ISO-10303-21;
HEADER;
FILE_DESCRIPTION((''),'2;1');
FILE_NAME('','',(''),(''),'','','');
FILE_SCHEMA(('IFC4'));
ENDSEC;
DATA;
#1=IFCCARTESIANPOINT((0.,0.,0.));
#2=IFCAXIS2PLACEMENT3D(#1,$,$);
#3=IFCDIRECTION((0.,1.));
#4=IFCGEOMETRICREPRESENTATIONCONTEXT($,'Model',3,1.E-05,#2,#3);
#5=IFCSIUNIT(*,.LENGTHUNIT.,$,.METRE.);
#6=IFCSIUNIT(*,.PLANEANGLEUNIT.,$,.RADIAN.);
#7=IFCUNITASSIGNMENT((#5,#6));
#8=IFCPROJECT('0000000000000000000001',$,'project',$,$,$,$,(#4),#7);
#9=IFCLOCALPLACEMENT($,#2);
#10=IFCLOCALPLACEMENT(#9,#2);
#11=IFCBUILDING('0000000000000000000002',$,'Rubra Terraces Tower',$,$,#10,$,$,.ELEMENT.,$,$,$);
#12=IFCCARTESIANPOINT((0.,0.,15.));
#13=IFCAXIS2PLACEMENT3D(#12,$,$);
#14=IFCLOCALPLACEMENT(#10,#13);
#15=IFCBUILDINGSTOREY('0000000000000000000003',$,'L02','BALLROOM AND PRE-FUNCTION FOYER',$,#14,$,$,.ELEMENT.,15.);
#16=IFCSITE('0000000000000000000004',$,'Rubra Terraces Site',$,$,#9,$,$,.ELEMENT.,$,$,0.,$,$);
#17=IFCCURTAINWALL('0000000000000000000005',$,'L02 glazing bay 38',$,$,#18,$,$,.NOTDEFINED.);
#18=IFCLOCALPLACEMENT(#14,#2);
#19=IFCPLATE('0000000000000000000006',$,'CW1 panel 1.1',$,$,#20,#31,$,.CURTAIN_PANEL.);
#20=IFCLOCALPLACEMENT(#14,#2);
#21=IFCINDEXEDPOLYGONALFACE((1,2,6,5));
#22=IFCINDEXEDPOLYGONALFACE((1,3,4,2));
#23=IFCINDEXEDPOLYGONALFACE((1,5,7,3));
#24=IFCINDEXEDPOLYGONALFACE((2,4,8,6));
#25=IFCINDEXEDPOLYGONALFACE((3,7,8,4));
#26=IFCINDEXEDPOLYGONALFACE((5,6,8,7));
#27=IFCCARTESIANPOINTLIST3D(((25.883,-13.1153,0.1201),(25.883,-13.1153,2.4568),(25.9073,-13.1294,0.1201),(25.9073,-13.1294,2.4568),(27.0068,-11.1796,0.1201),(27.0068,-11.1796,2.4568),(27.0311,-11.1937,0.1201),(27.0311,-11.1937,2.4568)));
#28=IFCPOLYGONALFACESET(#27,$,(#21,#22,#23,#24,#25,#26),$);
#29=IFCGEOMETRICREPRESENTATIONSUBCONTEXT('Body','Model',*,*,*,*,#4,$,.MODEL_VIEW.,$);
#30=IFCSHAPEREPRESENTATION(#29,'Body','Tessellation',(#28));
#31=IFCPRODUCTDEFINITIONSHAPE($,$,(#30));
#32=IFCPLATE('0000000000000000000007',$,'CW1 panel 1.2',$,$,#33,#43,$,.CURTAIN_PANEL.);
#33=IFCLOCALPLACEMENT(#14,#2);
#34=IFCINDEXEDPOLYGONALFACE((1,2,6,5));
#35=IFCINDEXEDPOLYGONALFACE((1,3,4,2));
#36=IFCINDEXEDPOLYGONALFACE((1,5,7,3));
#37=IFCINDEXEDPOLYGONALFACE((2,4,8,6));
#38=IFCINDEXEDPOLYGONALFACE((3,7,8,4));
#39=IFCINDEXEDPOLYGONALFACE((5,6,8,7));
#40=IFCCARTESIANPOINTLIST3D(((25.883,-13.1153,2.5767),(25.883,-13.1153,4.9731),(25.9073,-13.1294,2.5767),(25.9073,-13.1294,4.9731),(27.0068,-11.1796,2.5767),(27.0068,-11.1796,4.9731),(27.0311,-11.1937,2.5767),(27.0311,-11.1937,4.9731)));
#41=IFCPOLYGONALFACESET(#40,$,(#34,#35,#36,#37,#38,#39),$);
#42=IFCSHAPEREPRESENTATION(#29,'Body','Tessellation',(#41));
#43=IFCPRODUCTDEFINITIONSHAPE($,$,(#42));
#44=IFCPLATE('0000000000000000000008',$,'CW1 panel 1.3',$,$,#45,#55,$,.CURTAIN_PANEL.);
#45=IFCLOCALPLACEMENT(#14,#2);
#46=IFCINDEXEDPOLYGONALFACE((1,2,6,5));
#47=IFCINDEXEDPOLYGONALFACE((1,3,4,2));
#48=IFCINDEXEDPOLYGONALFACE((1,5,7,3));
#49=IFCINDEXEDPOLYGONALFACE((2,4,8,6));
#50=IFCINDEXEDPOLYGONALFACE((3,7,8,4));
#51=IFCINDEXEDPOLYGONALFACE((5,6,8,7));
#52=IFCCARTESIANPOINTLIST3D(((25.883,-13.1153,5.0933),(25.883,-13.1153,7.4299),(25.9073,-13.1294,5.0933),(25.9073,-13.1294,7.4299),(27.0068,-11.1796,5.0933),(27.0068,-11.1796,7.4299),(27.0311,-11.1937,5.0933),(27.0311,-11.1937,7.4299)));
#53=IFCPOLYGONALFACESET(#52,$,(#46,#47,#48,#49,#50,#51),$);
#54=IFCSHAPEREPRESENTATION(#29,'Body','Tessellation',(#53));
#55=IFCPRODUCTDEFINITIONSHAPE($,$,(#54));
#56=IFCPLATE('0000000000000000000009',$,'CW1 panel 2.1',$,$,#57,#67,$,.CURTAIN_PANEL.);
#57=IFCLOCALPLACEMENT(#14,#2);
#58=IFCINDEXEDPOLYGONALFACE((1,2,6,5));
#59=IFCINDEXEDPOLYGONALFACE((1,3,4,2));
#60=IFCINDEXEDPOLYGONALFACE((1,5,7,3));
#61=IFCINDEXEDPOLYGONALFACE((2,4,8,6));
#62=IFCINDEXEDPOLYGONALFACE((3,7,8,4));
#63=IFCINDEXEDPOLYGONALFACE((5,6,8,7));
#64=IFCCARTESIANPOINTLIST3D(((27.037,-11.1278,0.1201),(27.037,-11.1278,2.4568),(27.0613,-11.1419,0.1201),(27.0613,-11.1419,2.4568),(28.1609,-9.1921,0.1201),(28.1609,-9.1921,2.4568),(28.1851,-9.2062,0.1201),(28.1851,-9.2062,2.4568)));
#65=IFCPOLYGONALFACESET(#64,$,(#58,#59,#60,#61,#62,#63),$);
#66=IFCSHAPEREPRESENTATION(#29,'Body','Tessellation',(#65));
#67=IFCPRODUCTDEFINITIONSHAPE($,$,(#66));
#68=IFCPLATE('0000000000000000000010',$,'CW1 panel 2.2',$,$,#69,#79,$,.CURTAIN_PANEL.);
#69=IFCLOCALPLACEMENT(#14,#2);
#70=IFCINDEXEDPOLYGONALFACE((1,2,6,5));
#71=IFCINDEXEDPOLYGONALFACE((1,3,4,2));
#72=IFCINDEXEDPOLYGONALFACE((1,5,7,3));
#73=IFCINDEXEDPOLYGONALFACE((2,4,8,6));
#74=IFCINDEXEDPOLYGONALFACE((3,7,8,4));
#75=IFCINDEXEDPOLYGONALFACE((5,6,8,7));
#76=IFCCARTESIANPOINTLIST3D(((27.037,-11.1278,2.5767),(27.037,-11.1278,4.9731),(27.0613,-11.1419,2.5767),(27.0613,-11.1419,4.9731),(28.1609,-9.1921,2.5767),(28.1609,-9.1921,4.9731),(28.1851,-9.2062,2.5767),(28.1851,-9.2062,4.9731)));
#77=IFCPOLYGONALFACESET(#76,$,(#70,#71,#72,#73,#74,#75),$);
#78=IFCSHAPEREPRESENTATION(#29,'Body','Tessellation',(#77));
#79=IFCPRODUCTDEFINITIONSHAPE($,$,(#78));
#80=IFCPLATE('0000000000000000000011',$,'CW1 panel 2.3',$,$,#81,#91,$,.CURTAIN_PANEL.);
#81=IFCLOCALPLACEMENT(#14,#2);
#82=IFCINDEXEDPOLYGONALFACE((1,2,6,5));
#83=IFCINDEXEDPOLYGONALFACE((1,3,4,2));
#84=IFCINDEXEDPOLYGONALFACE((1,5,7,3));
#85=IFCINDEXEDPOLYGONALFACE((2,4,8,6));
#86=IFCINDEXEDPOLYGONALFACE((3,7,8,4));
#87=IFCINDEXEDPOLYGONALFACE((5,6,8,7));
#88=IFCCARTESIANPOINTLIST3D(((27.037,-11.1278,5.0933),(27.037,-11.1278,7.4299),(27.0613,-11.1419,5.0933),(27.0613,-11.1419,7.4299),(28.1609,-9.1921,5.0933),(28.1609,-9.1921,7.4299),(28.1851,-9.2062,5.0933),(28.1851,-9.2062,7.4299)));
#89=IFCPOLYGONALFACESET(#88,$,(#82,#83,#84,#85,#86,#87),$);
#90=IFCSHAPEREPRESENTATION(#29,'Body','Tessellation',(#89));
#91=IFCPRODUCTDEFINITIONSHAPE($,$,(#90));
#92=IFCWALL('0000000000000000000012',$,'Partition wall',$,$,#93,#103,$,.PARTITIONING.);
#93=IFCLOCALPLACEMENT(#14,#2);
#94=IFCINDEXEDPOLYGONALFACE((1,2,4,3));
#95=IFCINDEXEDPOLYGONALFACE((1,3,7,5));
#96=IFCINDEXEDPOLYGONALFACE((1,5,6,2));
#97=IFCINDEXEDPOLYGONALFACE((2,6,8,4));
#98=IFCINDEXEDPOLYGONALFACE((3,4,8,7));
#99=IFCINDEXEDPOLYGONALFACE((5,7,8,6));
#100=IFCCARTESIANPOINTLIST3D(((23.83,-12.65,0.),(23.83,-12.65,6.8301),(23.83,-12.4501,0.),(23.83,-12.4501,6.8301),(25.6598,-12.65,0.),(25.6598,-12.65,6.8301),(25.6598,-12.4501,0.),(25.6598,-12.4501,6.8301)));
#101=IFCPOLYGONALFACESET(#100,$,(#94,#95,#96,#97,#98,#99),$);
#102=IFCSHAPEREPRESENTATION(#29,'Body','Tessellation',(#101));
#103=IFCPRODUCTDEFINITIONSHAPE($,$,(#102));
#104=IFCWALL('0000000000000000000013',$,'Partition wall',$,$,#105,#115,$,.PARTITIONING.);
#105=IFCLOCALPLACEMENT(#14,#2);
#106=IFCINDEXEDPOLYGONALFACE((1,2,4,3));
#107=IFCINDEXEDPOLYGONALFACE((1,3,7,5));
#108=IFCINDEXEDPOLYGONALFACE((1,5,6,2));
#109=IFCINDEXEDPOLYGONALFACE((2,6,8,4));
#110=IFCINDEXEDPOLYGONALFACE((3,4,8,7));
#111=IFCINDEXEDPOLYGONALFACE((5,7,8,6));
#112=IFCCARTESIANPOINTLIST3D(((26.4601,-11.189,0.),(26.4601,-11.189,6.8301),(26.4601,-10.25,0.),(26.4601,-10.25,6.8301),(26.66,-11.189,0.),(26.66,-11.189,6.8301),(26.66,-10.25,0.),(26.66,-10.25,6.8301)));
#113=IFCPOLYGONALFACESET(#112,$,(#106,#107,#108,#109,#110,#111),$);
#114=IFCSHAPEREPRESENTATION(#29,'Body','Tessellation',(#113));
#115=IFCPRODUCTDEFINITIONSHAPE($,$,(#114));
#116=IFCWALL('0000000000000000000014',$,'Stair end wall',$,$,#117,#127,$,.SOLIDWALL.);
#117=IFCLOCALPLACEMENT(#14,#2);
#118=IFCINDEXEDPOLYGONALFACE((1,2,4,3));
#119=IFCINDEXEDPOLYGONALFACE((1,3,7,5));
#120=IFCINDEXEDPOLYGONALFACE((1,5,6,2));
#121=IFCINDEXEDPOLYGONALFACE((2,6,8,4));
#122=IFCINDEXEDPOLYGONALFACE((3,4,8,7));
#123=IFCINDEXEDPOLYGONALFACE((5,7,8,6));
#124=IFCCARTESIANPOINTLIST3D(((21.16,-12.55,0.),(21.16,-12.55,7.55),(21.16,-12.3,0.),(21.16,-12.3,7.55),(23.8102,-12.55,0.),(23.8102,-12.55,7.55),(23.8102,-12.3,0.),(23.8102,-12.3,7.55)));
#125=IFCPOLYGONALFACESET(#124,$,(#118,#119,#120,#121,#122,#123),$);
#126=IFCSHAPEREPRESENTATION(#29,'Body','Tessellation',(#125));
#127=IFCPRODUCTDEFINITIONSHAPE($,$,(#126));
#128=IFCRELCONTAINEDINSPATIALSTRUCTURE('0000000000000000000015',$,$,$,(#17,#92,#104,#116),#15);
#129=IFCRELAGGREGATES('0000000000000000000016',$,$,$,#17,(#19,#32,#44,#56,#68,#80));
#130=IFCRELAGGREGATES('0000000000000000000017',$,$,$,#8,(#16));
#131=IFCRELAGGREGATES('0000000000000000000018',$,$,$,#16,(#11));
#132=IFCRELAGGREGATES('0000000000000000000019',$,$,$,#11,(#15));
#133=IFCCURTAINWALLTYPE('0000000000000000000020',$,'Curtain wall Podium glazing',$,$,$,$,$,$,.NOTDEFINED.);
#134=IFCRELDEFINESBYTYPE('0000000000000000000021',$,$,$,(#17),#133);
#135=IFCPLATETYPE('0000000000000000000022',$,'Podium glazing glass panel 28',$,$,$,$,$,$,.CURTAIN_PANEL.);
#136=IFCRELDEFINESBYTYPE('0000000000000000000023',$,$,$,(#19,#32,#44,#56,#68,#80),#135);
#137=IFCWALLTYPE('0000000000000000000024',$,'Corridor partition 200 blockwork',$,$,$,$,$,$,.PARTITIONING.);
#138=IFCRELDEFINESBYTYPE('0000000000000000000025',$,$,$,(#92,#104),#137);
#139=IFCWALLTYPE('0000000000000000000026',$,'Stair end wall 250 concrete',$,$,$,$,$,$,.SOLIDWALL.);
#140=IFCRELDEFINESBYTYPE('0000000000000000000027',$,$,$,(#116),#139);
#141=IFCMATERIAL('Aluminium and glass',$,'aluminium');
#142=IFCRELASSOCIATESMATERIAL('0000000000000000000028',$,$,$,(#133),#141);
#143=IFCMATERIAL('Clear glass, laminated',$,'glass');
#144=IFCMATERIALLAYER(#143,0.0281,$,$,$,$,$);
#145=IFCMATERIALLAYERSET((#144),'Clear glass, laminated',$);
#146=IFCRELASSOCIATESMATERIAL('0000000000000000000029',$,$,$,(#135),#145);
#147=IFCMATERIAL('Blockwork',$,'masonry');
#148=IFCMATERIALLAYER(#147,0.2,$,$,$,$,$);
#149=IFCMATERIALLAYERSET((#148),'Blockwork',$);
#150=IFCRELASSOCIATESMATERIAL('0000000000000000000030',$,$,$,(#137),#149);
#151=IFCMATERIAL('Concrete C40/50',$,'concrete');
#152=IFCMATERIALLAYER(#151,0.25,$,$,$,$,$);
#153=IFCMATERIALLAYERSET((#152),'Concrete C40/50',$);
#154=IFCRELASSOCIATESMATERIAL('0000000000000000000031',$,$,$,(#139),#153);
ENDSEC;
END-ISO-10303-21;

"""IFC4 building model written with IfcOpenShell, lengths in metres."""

from ifc_helpers import new_model, si_unit, direction, frame, frame_2d, origin, origin_2d, place, context, subcontext, project, spatial, rectangle, extrude, material, layer, layer_set, type_object, element, aggregate, save


model = new_model("IFC4")

# Units and contexts
model_context = context("Model", 3, precision=1e-05, world=origin(), true_north=direction((0.0, 1.0)))
body_context = subcontext(model_context, "Body", "Model", "MODEL_VIEW")
ifc_project = project(units=[si_unit("LENGTHUNIT", "METRE"), si_unit("PLANEANGLEUNIT", "RADIAN")], contexts=[model_context])

# Site, building, storey
site_placement = place(None, origin())
site = spatial("IfcSite", under=ifc_project, at=site_placement, Name="Rubra Terraces Site", CompositionType="ELEMENT", RefElevation=0.0)
building_placement = place(site_placement, origin())
building = spatial("IfcBuilding", under=site, at=building_placement, Name="Rubra Terraces Tower", CompositionType="ELEMENT")
storey_placement = place(building_placement, frame((0.0, 0.0, 15.0)))
storey = spatial("IfcBuildingStorey", under=building, at=storey_placement, Name="L02", Description="BALLROOM AND PRE-FUNCTION FOYER", CompositionType="ELEMENT", Elevation=15.0)

# Curtain wall
ifc_material_1 = material(Name="Aluminium and glass", Category="aluminium")
curtain_wall_type = type_object("IfcCurtainWallType", Name="Curtain wall Podium glazing", PredefinedType="NOTDEFINED", material=ifc_material_1)
curtain_wall_1_placement = place(storey_placement, origin())
curtain_wall_1 = element("IfcCurtainWall", 1, at=curtain_wall_1_placement, inside=storey, type_object=curtain_wall_type, Name="L02 glazing bay 38", PredefinedType="NOTDEFINED")

# Plates
ifc_material_2 = material(Name="Clear glass, laminated", Category="glass")
ifc_layer_1 = layer(ifc_material_2, 0.0281)
ifc_layer_set_1 = layer_set([ifc_layer_1], Name="Clear glass, laminated")
plate_type = type_object("IfcPlateType", Name="Podium glazing glass panel 28", PredefinedType="CURTAIN_PANEL", material=ifc_layer_set_1)
plate_1_placement = place(storey_placement, frame((26.457, -12.1545, 0.1201), z_axis=(0.0, 0.0, 1.0), x_axis=(0.502094, 0.864813, 0.0)))
plate_1 = element("IfcPlate", 2, at=plate_1_placement, type_object=plate_type, Name="CW1 panel 1.1", PredefinedType="CURTAIN_PANEL", context=body_context, shape_type="SweptSolid", body=[
    extrude(rectangle(XDim=2.2383, YDim=0.0281, at=origin_2d()), origin(), (0.0, 0.0, 1.0), 2.3367),
])
plate_2_placement = place(storey_placement, frame((26.457, -12.1545, 2.5767), z_axis=(0.0, 0.0, 1.0), x_axis=(0.502094, 0.864813, 0.0)))
plate_2 = element("IfcPlate", 3, at=plate_2_placement, type_object=plate_type, Name="CW1 panel 1.2", PredefinedType="CURTAIN_PANEL", context=body_context, shape_type="SweptSolid", body=[
    extrude(rectangle(XDim=2.2383, YDim=0.0281, at=origin_2d()), origin(), (0.0, 0.0, 1.0), 2.3965),
])
plate_3_placement = place(storey_placement, frame((26.457, -12.1545, 5.0933), z_axis=(0.0, 0.0, 1.0), x_axis=(0.502094, 0.864813, 0.0)))
plate_3 = element("IfcPlate", 4, at=plate_3_placement, type_object=plate_type, Name="CW1 panel 1.3", PredefinedType="CURTAIN_PANEL", context=body_context, shape_type="SweptSolid", body=[
    extrude(rectangle(XDim=2.2383, YDim=0.0281, at=origin_2d()), origin(), (0.0, 0.0, 1.0), 2.3367),
])
plate_4_placement = place(storey_placement, frame((27.6111, -10.167, 0.1201), z_axis=(0.0, 0.0, 1.0), x_axis=(0.502094, 0.864813, 0.0)))
plate_4 = element("IfcPlate", 5, at=plate_4_placement, type_object=plate_type, Name="CW1 panel 2.1", PredefinedType="CURTAIN_PANEL", context=body_context, shape_type="SweptSolid", body=[
    extrude(rectangle(XDim=2.2383, YDim=0.0281, at=origin_2d()), origin(), (0.0, 0.0, 1.0), 2.3367),
])
plate_5_placement = place(storey_placement, frame((27.6111, -10.167, 2.5767), z_axis=(0.0, 0.0, 1.0), x_axis=(0.502094, 0.864813, 0.0)))
plate_5 = element("IfcPlate", 6, at=plate_5_placement, type_object=plate_type, Name="CW1 panel 2.2", PredefinedType="CURTAIN_PANEL", context=body_context, shape_type="SweptSolid", body=[
    extrude(rectangle(XDim=2.2383, YDim=0.0281, at=origin_2d()), origin(), (0.0, 0.0, 1.0), 2.3965),
])
plate_6_placement = place(storey_placement, frame((27.6111, -10.167, 5.0933), z_axis=(0.0, 0.0, 1.0), x_axis=(0.502094, 0.864813, 0.0)))
plate_6 = element("IfcPlate", 7, at=plate_6_placement, type_object=plate_type, Name="CW1 panel 2.3", PredefinedType="CURTAIN_PANEL", context=body_context, shape_type="SweptSolid", body=[
    extrude(rectangle(XDim=2.2383, YDim=0.0281, at=origin_2d()), origin(), (0.0, 0.0, 1.0), 2.3367),
])
aggregate(curtain_wall_1, [plate_1, plate_2, plate_3, plate_4, plate_5, plate_6])

# Walls
ifc_material_3 = material(Name="Blockwork", Category="masonry")
ifc_layer_2 = layer(ifc_material_3, 0.2)
ifc_layer_set_2 = layer_set([ifc_layer_2], Name="Blockwork")
wall_type_1 = type_object("IfcWallType", Name="Corridor partition 200 blockwork", PredefinedType="PARTITIONING", material=ifc_layer_set_2)
wall_1_placement = place(storey_placement, frame((25.6599, -12.55, 0.0), z_axis=(0.0, 0.0, 1.0), x_axis=(-1.0, 0.0, 0.0)))
element("IfcWall", 8, at=wall_1_placement, inside=storey, type_object=wall_type_1, Name="Partition wall", PredefinedType="PARTITIONING", context=body_context, shape_type="SweptSolid", body=[
    extrude(rectangle(XDim=1.8298, YDim=0.2, at=frame_2d((0.915, 0.0))), origin(), (0.0, 0.0, 1.0), 6.8301),
])
wall_2_placement = place(storey_placement, frame((26.5601, -10.25, 0.0), z_axis=(0.0, 0.0, 1.0), x_axis=(0.0, -1.0, 0.0)))
element("IfcWall", 9, at=wall_2_placement, inside=storey, type_object=wall_type_1, Name="Partition wall", PredefinedType="PARTITIONING", context=body_context, shape_type="SweptSolid", body=[
    extrude(rectangle(XDim=0.939, YDim=0.2, at=frame_2d((0.4695, 0.0))), origin(), (0.0, 0.0, 1.0), 6.8301),
])
ifc_material_4 = material(Name="Concrete C40/50", Category="concrete")
ifc_layer_3 = layer(ifc_material_4, 0.25)
ifc_layer_set_3 = layer_set([ifc_layer_3], Name="Concrete C40/50")
wall_type_2 = type_object("IfcWallType", Name="Stair end wall 250 concrete", PredefinedType="SOLIDWALL", material=ifc_layer_set_3)
wall_3_placement = place(storey_placement, frame((21.1599, -12.425, 0.0), z_axis=(0.0, 0.0, 1.0), x_axis=(1.0, 0.0, 0.0)))
element("IfcWall", 10, at=wall_3_placement, inside=storey, type_object=wall_type_2, Name="Stair end wall", PredefinedType="SOLIDWALL", context=body_context, shape_type="SweptSolid", body=[
    extrude(rectangle(XDim=2.6501, YDim=0.25, at=frame_2d((1.3252, 0.0))), origin(), (0.0, 0.0, 1.0), 7.55),
])

save(model, "model.ifc")
